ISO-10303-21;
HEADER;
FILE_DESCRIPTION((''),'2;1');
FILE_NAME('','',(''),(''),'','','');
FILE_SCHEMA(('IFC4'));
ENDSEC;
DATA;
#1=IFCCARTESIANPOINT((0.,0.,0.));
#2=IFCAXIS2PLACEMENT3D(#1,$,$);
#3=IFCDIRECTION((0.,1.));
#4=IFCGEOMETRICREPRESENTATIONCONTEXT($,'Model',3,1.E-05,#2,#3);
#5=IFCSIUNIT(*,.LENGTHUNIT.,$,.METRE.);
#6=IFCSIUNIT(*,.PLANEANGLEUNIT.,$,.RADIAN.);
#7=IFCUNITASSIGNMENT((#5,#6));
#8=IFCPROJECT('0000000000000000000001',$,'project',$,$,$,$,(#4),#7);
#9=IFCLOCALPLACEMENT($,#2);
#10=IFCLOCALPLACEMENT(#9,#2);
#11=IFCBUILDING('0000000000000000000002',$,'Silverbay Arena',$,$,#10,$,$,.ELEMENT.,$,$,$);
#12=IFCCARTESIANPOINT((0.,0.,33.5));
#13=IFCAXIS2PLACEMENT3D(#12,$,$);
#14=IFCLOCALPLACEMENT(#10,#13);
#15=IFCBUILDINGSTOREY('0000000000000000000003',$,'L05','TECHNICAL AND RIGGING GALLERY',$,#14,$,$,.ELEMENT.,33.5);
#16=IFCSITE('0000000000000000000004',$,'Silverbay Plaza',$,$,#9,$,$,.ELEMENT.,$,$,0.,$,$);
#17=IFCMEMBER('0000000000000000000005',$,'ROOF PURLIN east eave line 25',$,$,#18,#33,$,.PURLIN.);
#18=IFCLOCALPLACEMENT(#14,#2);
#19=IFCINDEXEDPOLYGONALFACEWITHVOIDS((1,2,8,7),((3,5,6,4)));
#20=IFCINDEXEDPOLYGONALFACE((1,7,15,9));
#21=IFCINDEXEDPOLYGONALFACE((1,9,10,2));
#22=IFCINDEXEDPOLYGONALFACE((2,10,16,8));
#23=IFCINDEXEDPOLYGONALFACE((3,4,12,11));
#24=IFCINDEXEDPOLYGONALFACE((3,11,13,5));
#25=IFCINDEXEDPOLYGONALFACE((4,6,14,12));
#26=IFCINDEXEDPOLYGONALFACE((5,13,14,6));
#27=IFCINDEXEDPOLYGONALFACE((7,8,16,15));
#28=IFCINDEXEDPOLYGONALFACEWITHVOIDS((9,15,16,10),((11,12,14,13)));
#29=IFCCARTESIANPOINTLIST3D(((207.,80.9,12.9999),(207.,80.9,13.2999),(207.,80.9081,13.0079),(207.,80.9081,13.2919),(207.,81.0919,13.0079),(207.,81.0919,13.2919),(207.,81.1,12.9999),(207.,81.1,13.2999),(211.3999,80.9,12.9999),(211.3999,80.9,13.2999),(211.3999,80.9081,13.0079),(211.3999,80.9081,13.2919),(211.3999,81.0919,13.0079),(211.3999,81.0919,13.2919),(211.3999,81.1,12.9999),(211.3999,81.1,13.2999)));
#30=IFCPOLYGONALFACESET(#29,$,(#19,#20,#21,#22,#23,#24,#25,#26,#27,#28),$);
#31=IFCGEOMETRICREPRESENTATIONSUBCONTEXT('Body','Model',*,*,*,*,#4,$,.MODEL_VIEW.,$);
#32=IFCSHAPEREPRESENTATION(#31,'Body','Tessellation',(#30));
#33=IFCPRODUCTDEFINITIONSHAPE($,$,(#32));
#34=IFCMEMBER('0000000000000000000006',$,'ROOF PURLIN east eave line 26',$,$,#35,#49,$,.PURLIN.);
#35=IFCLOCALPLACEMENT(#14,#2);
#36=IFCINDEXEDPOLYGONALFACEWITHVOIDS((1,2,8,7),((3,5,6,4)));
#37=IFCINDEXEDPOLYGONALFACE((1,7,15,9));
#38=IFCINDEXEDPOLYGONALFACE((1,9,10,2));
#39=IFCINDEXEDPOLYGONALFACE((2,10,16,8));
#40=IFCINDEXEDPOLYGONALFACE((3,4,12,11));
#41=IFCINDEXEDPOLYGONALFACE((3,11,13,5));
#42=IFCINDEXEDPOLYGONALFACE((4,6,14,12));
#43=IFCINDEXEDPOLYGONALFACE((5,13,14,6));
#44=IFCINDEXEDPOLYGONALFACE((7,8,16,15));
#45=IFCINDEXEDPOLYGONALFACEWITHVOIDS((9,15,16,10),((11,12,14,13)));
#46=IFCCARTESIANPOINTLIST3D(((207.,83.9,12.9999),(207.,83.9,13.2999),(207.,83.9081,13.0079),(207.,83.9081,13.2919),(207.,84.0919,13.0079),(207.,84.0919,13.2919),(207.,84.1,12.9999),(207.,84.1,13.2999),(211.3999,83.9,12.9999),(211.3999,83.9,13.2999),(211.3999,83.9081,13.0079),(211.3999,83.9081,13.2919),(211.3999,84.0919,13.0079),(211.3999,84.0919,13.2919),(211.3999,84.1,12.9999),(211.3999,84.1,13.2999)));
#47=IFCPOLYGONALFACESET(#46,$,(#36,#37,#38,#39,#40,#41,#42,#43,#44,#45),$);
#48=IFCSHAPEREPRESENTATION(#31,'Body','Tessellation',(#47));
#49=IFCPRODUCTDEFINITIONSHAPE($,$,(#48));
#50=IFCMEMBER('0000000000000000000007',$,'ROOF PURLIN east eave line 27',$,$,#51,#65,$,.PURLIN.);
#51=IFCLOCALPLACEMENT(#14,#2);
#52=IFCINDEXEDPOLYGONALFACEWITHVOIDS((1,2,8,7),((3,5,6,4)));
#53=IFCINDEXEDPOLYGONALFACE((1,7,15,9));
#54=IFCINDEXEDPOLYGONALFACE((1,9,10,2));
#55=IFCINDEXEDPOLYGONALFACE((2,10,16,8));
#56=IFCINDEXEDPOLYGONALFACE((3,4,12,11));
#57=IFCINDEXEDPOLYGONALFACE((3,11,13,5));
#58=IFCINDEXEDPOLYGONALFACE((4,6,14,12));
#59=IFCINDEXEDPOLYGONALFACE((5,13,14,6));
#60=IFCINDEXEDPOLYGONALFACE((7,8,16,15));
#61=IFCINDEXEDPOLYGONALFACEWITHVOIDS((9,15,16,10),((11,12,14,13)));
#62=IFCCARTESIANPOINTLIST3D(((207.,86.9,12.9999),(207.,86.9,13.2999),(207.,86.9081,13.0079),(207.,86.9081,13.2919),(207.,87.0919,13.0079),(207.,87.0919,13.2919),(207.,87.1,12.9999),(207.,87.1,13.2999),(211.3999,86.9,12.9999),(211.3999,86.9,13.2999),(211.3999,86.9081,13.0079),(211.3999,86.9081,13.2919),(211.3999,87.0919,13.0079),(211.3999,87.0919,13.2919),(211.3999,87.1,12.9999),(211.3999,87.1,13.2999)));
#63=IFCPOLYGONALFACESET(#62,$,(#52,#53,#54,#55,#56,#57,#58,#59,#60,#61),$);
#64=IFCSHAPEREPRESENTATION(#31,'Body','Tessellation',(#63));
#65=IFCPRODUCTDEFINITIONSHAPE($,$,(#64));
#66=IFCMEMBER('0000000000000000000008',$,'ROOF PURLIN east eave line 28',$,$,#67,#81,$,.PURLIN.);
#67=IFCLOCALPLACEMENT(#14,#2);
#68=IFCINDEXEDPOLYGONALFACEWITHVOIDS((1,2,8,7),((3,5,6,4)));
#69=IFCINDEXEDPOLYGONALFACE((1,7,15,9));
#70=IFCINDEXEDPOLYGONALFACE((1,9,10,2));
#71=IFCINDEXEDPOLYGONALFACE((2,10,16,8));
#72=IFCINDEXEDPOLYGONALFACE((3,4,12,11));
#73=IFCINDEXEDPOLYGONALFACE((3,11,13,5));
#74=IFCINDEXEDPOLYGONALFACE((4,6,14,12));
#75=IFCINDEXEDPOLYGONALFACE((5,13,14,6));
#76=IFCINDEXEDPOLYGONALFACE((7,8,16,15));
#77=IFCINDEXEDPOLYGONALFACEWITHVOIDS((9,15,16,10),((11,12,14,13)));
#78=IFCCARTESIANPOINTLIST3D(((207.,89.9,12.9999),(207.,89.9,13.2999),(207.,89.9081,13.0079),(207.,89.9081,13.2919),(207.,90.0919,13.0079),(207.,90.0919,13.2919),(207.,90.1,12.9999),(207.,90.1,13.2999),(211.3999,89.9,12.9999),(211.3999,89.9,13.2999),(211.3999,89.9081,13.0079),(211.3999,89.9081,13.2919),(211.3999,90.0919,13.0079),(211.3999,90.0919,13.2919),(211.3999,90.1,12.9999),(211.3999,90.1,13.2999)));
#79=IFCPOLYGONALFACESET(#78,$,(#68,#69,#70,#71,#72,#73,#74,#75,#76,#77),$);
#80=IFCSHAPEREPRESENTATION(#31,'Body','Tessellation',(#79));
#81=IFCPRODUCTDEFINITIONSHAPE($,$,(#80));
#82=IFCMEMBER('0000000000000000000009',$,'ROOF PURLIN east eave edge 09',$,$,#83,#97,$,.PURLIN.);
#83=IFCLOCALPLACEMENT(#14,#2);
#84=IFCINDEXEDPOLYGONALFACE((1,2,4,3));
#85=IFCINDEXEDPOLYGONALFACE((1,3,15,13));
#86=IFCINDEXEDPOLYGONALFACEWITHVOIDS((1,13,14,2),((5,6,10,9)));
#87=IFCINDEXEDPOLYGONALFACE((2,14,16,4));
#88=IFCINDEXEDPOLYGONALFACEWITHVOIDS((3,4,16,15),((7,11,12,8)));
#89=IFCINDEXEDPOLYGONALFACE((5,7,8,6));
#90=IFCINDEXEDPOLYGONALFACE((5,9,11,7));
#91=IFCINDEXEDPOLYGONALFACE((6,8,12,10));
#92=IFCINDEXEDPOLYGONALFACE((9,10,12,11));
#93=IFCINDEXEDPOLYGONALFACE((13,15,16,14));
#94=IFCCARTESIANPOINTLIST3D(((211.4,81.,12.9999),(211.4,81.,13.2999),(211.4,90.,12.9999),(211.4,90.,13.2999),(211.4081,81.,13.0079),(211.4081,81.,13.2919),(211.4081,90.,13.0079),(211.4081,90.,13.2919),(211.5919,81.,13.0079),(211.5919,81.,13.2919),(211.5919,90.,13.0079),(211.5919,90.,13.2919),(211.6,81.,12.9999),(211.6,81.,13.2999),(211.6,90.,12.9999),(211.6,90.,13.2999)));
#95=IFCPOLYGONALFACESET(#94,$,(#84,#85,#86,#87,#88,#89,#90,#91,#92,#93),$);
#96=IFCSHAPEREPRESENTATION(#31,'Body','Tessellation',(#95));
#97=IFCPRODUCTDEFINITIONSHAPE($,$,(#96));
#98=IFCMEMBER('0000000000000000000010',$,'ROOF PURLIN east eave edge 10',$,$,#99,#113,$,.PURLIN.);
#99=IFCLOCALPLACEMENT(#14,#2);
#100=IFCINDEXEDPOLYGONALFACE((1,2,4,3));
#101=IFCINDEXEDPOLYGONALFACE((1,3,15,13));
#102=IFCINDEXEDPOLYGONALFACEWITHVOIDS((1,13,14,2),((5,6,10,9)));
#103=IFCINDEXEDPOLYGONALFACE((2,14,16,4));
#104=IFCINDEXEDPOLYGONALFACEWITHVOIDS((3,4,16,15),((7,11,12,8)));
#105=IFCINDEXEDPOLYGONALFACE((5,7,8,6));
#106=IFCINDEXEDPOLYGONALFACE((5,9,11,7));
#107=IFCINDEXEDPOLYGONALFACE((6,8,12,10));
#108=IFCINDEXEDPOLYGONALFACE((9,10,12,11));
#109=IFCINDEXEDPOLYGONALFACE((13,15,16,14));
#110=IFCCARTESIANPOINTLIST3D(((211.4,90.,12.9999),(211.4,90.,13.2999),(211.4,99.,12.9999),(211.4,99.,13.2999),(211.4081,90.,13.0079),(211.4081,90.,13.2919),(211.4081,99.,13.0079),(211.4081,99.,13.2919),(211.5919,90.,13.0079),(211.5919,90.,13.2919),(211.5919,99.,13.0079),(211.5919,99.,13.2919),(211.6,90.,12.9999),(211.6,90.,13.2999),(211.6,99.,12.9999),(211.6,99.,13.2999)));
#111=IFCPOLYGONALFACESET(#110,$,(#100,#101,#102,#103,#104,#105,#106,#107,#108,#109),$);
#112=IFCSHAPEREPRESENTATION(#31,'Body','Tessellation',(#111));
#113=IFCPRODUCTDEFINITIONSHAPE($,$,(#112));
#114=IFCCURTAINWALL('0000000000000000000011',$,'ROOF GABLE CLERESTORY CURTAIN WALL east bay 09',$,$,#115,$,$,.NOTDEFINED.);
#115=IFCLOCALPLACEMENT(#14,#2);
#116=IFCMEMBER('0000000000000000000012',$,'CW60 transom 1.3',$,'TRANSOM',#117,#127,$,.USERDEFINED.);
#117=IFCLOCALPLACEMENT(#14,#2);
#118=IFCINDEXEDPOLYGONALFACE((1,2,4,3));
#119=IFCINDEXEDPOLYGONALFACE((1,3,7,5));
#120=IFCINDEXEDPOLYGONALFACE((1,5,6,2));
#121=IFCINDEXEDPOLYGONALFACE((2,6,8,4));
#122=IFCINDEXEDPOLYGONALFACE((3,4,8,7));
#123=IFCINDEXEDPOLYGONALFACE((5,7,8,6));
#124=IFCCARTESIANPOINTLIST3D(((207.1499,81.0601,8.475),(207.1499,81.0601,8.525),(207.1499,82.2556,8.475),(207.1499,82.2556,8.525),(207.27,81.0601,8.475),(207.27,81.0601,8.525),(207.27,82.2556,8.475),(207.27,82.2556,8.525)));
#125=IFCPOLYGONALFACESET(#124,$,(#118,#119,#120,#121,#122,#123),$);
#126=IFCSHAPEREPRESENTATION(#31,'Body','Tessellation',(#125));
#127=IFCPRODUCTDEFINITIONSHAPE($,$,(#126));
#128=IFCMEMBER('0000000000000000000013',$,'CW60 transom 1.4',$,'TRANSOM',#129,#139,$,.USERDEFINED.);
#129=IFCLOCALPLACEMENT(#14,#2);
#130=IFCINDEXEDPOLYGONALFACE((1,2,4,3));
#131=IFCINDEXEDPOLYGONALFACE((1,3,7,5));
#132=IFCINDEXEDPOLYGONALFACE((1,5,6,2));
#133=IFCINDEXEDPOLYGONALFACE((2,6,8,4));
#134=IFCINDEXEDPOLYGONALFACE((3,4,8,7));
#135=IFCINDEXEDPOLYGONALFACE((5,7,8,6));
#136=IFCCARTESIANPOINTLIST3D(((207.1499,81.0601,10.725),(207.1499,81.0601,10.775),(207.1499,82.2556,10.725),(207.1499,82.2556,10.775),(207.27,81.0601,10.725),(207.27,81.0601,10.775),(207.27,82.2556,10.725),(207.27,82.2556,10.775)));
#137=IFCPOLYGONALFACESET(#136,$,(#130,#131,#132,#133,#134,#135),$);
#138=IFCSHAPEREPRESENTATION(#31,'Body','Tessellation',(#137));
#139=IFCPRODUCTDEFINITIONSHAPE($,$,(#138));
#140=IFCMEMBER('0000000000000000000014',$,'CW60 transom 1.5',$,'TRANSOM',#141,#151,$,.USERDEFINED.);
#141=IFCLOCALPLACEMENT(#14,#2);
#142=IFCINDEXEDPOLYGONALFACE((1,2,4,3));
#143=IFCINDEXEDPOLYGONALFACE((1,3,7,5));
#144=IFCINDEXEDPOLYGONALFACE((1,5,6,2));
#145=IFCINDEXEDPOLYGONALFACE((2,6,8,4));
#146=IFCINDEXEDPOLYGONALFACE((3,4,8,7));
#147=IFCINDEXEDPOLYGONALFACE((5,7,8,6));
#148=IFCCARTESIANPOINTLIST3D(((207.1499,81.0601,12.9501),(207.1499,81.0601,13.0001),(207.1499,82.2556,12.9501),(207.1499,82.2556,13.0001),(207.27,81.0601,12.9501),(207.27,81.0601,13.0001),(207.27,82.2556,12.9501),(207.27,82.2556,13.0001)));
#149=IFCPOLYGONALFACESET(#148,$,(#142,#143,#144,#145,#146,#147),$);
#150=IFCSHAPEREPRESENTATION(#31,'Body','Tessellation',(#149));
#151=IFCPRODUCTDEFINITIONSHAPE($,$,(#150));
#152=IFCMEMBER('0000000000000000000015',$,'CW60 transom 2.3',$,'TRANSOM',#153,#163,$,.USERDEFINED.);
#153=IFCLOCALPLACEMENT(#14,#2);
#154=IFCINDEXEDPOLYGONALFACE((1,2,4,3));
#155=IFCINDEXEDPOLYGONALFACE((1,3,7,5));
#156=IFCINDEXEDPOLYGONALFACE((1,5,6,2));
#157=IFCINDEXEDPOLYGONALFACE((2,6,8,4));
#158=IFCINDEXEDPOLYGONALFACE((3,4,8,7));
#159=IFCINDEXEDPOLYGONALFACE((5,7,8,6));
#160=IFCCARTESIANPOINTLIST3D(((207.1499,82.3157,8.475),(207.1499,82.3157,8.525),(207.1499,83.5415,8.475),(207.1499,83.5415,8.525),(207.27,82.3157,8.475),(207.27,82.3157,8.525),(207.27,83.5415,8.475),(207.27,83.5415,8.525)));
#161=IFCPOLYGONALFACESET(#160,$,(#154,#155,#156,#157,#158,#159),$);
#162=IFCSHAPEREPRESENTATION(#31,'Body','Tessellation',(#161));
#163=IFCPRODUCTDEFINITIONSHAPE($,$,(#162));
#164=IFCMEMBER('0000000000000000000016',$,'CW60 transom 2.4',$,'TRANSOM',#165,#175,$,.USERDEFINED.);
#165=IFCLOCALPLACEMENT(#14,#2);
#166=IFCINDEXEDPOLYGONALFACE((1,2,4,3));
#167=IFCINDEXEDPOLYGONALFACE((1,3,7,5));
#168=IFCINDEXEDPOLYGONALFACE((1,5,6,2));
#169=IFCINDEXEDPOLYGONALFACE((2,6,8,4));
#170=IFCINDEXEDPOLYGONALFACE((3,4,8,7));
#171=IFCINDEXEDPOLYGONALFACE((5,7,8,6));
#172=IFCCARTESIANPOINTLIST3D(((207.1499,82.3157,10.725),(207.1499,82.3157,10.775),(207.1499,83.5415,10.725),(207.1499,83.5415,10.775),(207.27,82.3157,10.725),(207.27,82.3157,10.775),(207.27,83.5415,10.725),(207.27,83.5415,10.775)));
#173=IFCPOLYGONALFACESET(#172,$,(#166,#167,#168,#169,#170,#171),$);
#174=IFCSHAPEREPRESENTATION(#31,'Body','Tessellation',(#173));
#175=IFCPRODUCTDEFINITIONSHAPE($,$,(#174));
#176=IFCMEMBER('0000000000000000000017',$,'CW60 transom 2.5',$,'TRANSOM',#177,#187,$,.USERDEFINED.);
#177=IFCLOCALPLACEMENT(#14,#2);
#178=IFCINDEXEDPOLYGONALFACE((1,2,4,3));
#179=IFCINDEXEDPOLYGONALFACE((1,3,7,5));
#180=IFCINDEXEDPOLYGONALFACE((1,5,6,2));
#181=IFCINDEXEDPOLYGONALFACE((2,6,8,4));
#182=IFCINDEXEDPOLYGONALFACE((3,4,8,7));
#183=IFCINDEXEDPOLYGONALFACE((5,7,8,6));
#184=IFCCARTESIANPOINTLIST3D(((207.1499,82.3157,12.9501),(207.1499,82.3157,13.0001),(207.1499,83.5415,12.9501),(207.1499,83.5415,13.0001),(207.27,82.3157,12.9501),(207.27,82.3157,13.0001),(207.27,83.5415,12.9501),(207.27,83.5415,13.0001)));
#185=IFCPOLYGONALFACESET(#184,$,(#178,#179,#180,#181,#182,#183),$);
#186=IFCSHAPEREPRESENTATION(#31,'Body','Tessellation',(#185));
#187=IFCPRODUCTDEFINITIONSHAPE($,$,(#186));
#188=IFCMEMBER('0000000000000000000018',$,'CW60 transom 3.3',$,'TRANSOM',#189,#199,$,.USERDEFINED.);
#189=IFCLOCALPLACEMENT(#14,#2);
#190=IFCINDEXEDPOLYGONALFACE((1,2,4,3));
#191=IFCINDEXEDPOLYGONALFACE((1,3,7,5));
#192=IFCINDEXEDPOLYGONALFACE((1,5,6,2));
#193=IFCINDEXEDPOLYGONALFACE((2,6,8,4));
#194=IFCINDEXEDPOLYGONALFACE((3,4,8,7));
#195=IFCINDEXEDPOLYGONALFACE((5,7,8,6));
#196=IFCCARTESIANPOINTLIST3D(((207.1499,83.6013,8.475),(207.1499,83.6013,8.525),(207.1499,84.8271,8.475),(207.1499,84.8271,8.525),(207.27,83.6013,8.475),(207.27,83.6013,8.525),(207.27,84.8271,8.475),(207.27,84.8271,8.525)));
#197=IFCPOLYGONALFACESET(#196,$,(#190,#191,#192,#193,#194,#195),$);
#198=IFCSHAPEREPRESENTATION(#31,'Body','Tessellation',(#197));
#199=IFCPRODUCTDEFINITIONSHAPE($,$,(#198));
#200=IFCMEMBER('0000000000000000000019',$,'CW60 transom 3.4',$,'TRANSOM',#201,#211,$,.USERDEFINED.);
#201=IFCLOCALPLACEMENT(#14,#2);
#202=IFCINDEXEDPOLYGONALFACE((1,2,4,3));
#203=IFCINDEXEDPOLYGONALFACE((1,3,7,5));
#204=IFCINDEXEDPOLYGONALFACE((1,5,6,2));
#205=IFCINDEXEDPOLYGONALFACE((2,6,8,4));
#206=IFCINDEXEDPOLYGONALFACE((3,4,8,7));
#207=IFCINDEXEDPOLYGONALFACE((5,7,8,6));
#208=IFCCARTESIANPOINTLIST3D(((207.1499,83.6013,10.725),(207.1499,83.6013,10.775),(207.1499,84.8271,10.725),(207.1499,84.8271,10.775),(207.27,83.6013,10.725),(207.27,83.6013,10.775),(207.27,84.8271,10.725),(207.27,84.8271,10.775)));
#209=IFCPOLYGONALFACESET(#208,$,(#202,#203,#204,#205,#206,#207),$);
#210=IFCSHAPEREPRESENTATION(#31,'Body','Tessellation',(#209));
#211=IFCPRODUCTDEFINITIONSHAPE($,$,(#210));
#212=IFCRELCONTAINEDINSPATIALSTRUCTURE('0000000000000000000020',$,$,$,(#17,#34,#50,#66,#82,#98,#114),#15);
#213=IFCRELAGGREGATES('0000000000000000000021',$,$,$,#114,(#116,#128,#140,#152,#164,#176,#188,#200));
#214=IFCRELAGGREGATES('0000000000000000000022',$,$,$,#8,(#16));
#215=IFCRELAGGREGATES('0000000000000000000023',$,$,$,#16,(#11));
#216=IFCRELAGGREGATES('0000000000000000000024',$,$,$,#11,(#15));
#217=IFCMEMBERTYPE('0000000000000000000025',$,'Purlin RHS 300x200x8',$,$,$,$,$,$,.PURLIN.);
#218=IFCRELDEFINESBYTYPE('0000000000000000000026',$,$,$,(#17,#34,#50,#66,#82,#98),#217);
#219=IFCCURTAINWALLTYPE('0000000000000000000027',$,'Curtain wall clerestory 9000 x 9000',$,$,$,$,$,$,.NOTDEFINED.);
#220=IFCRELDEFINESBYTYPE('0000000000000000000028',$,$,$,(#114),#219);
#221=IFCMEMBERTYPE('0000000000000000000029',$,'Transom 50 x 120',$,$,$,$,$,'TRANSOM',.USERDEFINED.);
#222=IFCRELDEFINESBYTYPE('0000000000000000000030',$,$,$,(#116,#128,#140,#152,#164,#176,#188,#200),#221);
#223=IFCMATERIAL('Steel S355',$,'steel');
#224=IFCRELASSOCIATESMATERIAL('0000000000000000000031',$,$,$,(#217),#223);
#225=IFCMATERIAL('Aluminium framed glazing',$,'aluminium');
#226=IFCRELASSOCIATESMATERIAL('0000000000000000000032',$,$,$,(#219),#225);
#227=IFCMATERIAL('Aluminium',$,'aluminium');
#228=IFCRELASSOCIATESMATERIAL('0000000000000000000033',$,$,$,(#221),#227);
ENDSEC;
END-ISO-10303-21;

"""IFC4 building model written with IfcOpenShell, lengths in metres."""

from ifc_helpers import new_model, si_unit, direction, frame, origin, origin_2d, place, context, subcontext, project, spatial, rectangle, hollow_rectangle, extrude, material, material_profile, profile_set, type_object, element, aggregate, save


model = new_model("IFC4")

# Units and contexts
model_context = context("Model", 3, precision=1e-05, world=origin(), true_north=direction((0.0, 1.0)))
body_context = subcontext(model_context, "Body", "Model", "MODEL_VIEW")
ifc_project = project(units=[si_unit("LENGTHUNIT", "METRE"), si_unit("PLANEANGLEUNIT", "RADIAN")], contexts=[model_context])

# Site, building, storey
site_placement = place(None, origin())
site = spatial("IfcSite", under=ifc_project, at=site_placement, Name="Silverbay Plaza", CompositionType="ELEMENT", RefElevation=0.0)
building_placement = place(site_placement, origin())
building = spatial("IfcBuilding", under=site, at=building_placement, Name="Silverbay Arena", CompositionType="ELEMENT")
storey_placement = place(building_placement, frame((0.0, 0.0, 33.5)))
storey = spatial("IfcBuildingStorey", under=building, at=storey_placement, Name="L05", Description="TECHNICAL AND RIGGING GALLERY", CompositionType="ELEMENT", Elevation=33.5)

# Members
ifc_material_1 = material(Name="Steel S355", Category="steel")
ifc_material_profile_1 = material_profile(ifc_material_1, hollow_rectangle(XDim=0.2, YDim=0.3, WallThickness=0.0081, at=origin_2d()), Name="RHS 300x200x8")
ifc_profile_set_1 = profile_set([ifc_material_profile_1], Name="Steel S355")
member_type_1 = type_object("IfcMemberType", Name="Purlin RHS 300x200x8", PredefinedType="PURLIN", material=ifc_profile_set_1)
for number, where, z_axis, x_axis, name in (
    (1, (211.3999, 81.0, 13.1499), (-1.0, 0.0, 0.0), (0.0, -1.0, 0.0), "ROOF PURLIN east eave line 25"),
    (2, (211.3999, 84.0, 13.1499), (-1.0, 0.0, 0.0), (0.0, -1.0, 0.0), "ROOF PURLIN east eave line 26"),
    (3, (211.3999, 87.0, 13.1499), (-1.0, 0.0, 0.0), (0.0, -1.0, 0.0), "ROOF PURLIN east eave line 27"),
    (4, (211.3999, 90.0, 13.1499), (-1.0, 0.0, 0.0), (0.0, -1.0, 0.0), "ROOF PURLIN east eave line 28"),
):
    element("IfcMember", number, at=place(storey_placement, frame(where, z_axis=z_axis, x_axis=x_axis)), inside=storey, type_object=member_type_1, Name=name, PredefinedType="PURLIN", context=body_context, shape_type="SweptSolid", body=[
        extrude(hollow_rectangle(XDim=0.2, YDim=0.3, WallThickness=0.0081, at=origin_2d()), origin(), (0.0, 0.0, 1.0), 4.3999),
    ])
for number, where, z_axis, x_axis, name in (
    (5, (211.5, 81.0, 13.1499), (0.0, 1.0, 0.0), (-1.0, 0.0, 0.0), "ROOF PURLIN east eave edge 09"),
    (6, (211.5, 90.0, 13.1499), (0.0, 1.0, 0.0), (-1.0, 0.0, 0.0), "ROOF PURLIN east eave edge 10"),
):
    element("IfcMember", number, at=place(storey_placement, frame(where, z_axis=z_axis, x_axis=x_axis)), inside=storey, type_object=member_type_1, Name=name, PredefinedType="PURLIN", context=body_context, shape_type="SweptSolid", body=[
        extrude(hollow_rectangle(XDim=0.2, YDim=0.3, WallThickness=0.0081, at=origin_2d()), origin(), (0.0, 0.0, 1.0), 9.0),
    ])

# Curtain wall, members
ifc_material_2 = material(Name="Aluminium framed glazing", Category="aluminium")
curtain_wall_type = type_object("IfcCurtainWallType", Name="Curtain wall clerestory 9000 x 9000", PredefinedType="NOTDEFINED", material=ifc_material_2)
curtain_wall_1_placement = place(storey_placement, origin())
curtain_wall_1 = element("IfcCurtainWall", 7, at=curtain_wall_1_placement, inside=storey, type_object=curtain_wall_type, Name="ROOF GABLE CLERESTORY CURTAIN WALL east bay 09", PredefinedType="NOTDEFINED")
ifc_material_3 = material(Name="Aluminium", Category="aluminium")
ifc_material_profile_2 = material_profile(ifc_material_3, rectangle(XDim=0.1201, YDim=0.05, at=origin_2d()), Name="Transom 50 x 120")
ifc_profile_set_2 = profile_set([ifc_material_profile_2], Name="Aluminium")
member_type_2 = type_object("IfcMemberType", Name="Transom 50 x 120", ElementType="TRANSOM", PredefinedType="USERDEFINED", material=ifc_profile_set_2)
member_1_placement = place(storey_placement, frame((207.21, 81.0601, 8.5), z_axis=(0.0, 1.0, 0.0), x_axis=(-1.0, 0.0, 0.0)))
member_1 = element("IfcMember", 8, at=member_1_placement, type_object=member_type_2, Name="CW60 transom 1.3", ObjectType="TRANSOM", PredefinedType="USERDEFINED", context=body_context, shape_type="SweptSolid", body=[
    extrude(rectangle(XDim=0.1201, YDim=0.05, at=origin_2d()), origin(), (0.0, 0.0, 1.0), 1.1956),
])
member_2_placement = place(storey_placement, frame((207.21, 81.0601, 10.75), z_axis=(0.0, 1.0, 0.0), x_axis=(-1.0, 0.0, 0.0)))
member_2 = element("IfcMember", 9, at=member_2_placement, type_object=member_type_2, Name="CW60 transom 1.4", ObjectType="TRANSOM", PredefinedType="USERDEFINED", context=body_context, shape_type="SweptSolid", body=[
    extrude(rectangle(XDim=0.1201, YDim=0.05, at=origin_2d()), origin(), (0.0, 0.0, 1.0), 1.1956),
])
member_3_placement = place(storey_placement, frame((207.21, 81.0601, 12.9751), z_axis=(0.0, 1.0, 0.0), x_axis=(-1.0, 0.0, 0.0)))
member_3 = element("IfcMember", 10, at=member_3_placement, type_object=member_type_2, Name="CW60 transom 1.5", ObjectType="TRANSOM", PredefinedType="USERDEFINED", context=body_context, shape_type="SweptSolid", body=[
    extrude(rectangle(XDim=0.1201, YDim=0.05, at=origin_2d()), origin(), (0.0, 0.0, 1.0), 1.1956),
])
member_4_placement = place(storey_placement, frame((207.21, 82.3157, 8.5), z_axis=(0.0, 1.0, 0.0), x_axis=(-1.0, 0.0, 0.0)))
member_4 = element("IfcMember", 11, at=member_4_placement, type_object=member_type_2, Name="CW60 transom 2.3", ObjectType="TRANSOM", PredefinedType="USERDEFINED", context=body_context, shape_type="SweptSolid", body=[
    extrude(rectangle(XDim=0.1201, YDim=0.05, at=origin_2d()), origin(), (0.0, 0.0, 1.0), 1.2258),
])
member_5_placement = place(storey_placement, frame((207.21, 82.3157, 10.75), z_axis=(0.0, 1.0, 0.0), x_axis=(-1.0, 0.0, 0.0)))
member_5 = element("IfcMember", 12, at=member_5_placement, type_object=member_type_2, Name="CW60 transom 2.4", ObjectType="TRANSOM", PredefinedType="USERDEFINED", context=body_context, shape_type="SweptSolid", body=[
    extrude(rectangle(XDim=0.1201, YDim=0.05, at=origin_2d()), origin(), (0.0, 0.0, 1.0), 1.2258),
])
member_6_placement = place(storey_placement, frame((207.21, 82.3157, 12.9751), z_axis=(0.0, 1.0, 0.0), x_axis=(-1.0, 0.0, 0.0)))
member_6 = element("IfcMember", 13, at=member_6_placement, type_object=member_type_2, Name="CW60 transom 2.5", ObjectType="TRANSOM", PredefinedType="USERDEFINED", context=body_context, shape_type="SweptSolid", body=[
    extrude(rectangle(XDim=0.1201, YDim=0.05, at=origin_2d()), origin(), (0.0, 0.0, 1.0), 1.2258),
])
member_7_placement = place(storey_placement, frame((207.21, 83.6013, 8.5), z_axis=(0.0, 1.0, 0.0), x_axis=(-1.0, 0.0, 0.0)))
member_7 = element("IfcMember", 14, at=member_7_placement, type_object=member_type_2, Name="CW60 transom 3.3", ObjectType="TRANSOM", PredefinedType="USERDEFINED", context=body_context, shape_type="SweptSolid", body=[
    extrude(rectangle(XDim=0.1201, YDim=0.05, at=origin_2d()), origin(), (0.0, 0.0, 1.0), 1.2258),
])
member_8_placement = place(storey_placement, frame((207.21, 83.6013, 10.75), z_axis=(0.0, 1.0, 0.0), x_axis=(-1.0, 0.0, 0.0)))
member_8 = element("IfcMember", 15, at=member_8_placement, type_object=member_type_2, Name="CW60 transom 3.4", ObjectType="TRANSOM", PredefinedType="USERDEFINED", context=body_context, shape_type="SweptSolid", body=[
    extrude(rectangle(XDim=0.1201, YDim=0.05, at=origin_2d()), origin(), (0.0, 0.0, 1.0), 1.2258),
])
aggregate(curtain_wall_1, [member_1, member_2, member_3, member_4, member_5, member_6, member_7, member_8])

save(model, "model.ifc")
